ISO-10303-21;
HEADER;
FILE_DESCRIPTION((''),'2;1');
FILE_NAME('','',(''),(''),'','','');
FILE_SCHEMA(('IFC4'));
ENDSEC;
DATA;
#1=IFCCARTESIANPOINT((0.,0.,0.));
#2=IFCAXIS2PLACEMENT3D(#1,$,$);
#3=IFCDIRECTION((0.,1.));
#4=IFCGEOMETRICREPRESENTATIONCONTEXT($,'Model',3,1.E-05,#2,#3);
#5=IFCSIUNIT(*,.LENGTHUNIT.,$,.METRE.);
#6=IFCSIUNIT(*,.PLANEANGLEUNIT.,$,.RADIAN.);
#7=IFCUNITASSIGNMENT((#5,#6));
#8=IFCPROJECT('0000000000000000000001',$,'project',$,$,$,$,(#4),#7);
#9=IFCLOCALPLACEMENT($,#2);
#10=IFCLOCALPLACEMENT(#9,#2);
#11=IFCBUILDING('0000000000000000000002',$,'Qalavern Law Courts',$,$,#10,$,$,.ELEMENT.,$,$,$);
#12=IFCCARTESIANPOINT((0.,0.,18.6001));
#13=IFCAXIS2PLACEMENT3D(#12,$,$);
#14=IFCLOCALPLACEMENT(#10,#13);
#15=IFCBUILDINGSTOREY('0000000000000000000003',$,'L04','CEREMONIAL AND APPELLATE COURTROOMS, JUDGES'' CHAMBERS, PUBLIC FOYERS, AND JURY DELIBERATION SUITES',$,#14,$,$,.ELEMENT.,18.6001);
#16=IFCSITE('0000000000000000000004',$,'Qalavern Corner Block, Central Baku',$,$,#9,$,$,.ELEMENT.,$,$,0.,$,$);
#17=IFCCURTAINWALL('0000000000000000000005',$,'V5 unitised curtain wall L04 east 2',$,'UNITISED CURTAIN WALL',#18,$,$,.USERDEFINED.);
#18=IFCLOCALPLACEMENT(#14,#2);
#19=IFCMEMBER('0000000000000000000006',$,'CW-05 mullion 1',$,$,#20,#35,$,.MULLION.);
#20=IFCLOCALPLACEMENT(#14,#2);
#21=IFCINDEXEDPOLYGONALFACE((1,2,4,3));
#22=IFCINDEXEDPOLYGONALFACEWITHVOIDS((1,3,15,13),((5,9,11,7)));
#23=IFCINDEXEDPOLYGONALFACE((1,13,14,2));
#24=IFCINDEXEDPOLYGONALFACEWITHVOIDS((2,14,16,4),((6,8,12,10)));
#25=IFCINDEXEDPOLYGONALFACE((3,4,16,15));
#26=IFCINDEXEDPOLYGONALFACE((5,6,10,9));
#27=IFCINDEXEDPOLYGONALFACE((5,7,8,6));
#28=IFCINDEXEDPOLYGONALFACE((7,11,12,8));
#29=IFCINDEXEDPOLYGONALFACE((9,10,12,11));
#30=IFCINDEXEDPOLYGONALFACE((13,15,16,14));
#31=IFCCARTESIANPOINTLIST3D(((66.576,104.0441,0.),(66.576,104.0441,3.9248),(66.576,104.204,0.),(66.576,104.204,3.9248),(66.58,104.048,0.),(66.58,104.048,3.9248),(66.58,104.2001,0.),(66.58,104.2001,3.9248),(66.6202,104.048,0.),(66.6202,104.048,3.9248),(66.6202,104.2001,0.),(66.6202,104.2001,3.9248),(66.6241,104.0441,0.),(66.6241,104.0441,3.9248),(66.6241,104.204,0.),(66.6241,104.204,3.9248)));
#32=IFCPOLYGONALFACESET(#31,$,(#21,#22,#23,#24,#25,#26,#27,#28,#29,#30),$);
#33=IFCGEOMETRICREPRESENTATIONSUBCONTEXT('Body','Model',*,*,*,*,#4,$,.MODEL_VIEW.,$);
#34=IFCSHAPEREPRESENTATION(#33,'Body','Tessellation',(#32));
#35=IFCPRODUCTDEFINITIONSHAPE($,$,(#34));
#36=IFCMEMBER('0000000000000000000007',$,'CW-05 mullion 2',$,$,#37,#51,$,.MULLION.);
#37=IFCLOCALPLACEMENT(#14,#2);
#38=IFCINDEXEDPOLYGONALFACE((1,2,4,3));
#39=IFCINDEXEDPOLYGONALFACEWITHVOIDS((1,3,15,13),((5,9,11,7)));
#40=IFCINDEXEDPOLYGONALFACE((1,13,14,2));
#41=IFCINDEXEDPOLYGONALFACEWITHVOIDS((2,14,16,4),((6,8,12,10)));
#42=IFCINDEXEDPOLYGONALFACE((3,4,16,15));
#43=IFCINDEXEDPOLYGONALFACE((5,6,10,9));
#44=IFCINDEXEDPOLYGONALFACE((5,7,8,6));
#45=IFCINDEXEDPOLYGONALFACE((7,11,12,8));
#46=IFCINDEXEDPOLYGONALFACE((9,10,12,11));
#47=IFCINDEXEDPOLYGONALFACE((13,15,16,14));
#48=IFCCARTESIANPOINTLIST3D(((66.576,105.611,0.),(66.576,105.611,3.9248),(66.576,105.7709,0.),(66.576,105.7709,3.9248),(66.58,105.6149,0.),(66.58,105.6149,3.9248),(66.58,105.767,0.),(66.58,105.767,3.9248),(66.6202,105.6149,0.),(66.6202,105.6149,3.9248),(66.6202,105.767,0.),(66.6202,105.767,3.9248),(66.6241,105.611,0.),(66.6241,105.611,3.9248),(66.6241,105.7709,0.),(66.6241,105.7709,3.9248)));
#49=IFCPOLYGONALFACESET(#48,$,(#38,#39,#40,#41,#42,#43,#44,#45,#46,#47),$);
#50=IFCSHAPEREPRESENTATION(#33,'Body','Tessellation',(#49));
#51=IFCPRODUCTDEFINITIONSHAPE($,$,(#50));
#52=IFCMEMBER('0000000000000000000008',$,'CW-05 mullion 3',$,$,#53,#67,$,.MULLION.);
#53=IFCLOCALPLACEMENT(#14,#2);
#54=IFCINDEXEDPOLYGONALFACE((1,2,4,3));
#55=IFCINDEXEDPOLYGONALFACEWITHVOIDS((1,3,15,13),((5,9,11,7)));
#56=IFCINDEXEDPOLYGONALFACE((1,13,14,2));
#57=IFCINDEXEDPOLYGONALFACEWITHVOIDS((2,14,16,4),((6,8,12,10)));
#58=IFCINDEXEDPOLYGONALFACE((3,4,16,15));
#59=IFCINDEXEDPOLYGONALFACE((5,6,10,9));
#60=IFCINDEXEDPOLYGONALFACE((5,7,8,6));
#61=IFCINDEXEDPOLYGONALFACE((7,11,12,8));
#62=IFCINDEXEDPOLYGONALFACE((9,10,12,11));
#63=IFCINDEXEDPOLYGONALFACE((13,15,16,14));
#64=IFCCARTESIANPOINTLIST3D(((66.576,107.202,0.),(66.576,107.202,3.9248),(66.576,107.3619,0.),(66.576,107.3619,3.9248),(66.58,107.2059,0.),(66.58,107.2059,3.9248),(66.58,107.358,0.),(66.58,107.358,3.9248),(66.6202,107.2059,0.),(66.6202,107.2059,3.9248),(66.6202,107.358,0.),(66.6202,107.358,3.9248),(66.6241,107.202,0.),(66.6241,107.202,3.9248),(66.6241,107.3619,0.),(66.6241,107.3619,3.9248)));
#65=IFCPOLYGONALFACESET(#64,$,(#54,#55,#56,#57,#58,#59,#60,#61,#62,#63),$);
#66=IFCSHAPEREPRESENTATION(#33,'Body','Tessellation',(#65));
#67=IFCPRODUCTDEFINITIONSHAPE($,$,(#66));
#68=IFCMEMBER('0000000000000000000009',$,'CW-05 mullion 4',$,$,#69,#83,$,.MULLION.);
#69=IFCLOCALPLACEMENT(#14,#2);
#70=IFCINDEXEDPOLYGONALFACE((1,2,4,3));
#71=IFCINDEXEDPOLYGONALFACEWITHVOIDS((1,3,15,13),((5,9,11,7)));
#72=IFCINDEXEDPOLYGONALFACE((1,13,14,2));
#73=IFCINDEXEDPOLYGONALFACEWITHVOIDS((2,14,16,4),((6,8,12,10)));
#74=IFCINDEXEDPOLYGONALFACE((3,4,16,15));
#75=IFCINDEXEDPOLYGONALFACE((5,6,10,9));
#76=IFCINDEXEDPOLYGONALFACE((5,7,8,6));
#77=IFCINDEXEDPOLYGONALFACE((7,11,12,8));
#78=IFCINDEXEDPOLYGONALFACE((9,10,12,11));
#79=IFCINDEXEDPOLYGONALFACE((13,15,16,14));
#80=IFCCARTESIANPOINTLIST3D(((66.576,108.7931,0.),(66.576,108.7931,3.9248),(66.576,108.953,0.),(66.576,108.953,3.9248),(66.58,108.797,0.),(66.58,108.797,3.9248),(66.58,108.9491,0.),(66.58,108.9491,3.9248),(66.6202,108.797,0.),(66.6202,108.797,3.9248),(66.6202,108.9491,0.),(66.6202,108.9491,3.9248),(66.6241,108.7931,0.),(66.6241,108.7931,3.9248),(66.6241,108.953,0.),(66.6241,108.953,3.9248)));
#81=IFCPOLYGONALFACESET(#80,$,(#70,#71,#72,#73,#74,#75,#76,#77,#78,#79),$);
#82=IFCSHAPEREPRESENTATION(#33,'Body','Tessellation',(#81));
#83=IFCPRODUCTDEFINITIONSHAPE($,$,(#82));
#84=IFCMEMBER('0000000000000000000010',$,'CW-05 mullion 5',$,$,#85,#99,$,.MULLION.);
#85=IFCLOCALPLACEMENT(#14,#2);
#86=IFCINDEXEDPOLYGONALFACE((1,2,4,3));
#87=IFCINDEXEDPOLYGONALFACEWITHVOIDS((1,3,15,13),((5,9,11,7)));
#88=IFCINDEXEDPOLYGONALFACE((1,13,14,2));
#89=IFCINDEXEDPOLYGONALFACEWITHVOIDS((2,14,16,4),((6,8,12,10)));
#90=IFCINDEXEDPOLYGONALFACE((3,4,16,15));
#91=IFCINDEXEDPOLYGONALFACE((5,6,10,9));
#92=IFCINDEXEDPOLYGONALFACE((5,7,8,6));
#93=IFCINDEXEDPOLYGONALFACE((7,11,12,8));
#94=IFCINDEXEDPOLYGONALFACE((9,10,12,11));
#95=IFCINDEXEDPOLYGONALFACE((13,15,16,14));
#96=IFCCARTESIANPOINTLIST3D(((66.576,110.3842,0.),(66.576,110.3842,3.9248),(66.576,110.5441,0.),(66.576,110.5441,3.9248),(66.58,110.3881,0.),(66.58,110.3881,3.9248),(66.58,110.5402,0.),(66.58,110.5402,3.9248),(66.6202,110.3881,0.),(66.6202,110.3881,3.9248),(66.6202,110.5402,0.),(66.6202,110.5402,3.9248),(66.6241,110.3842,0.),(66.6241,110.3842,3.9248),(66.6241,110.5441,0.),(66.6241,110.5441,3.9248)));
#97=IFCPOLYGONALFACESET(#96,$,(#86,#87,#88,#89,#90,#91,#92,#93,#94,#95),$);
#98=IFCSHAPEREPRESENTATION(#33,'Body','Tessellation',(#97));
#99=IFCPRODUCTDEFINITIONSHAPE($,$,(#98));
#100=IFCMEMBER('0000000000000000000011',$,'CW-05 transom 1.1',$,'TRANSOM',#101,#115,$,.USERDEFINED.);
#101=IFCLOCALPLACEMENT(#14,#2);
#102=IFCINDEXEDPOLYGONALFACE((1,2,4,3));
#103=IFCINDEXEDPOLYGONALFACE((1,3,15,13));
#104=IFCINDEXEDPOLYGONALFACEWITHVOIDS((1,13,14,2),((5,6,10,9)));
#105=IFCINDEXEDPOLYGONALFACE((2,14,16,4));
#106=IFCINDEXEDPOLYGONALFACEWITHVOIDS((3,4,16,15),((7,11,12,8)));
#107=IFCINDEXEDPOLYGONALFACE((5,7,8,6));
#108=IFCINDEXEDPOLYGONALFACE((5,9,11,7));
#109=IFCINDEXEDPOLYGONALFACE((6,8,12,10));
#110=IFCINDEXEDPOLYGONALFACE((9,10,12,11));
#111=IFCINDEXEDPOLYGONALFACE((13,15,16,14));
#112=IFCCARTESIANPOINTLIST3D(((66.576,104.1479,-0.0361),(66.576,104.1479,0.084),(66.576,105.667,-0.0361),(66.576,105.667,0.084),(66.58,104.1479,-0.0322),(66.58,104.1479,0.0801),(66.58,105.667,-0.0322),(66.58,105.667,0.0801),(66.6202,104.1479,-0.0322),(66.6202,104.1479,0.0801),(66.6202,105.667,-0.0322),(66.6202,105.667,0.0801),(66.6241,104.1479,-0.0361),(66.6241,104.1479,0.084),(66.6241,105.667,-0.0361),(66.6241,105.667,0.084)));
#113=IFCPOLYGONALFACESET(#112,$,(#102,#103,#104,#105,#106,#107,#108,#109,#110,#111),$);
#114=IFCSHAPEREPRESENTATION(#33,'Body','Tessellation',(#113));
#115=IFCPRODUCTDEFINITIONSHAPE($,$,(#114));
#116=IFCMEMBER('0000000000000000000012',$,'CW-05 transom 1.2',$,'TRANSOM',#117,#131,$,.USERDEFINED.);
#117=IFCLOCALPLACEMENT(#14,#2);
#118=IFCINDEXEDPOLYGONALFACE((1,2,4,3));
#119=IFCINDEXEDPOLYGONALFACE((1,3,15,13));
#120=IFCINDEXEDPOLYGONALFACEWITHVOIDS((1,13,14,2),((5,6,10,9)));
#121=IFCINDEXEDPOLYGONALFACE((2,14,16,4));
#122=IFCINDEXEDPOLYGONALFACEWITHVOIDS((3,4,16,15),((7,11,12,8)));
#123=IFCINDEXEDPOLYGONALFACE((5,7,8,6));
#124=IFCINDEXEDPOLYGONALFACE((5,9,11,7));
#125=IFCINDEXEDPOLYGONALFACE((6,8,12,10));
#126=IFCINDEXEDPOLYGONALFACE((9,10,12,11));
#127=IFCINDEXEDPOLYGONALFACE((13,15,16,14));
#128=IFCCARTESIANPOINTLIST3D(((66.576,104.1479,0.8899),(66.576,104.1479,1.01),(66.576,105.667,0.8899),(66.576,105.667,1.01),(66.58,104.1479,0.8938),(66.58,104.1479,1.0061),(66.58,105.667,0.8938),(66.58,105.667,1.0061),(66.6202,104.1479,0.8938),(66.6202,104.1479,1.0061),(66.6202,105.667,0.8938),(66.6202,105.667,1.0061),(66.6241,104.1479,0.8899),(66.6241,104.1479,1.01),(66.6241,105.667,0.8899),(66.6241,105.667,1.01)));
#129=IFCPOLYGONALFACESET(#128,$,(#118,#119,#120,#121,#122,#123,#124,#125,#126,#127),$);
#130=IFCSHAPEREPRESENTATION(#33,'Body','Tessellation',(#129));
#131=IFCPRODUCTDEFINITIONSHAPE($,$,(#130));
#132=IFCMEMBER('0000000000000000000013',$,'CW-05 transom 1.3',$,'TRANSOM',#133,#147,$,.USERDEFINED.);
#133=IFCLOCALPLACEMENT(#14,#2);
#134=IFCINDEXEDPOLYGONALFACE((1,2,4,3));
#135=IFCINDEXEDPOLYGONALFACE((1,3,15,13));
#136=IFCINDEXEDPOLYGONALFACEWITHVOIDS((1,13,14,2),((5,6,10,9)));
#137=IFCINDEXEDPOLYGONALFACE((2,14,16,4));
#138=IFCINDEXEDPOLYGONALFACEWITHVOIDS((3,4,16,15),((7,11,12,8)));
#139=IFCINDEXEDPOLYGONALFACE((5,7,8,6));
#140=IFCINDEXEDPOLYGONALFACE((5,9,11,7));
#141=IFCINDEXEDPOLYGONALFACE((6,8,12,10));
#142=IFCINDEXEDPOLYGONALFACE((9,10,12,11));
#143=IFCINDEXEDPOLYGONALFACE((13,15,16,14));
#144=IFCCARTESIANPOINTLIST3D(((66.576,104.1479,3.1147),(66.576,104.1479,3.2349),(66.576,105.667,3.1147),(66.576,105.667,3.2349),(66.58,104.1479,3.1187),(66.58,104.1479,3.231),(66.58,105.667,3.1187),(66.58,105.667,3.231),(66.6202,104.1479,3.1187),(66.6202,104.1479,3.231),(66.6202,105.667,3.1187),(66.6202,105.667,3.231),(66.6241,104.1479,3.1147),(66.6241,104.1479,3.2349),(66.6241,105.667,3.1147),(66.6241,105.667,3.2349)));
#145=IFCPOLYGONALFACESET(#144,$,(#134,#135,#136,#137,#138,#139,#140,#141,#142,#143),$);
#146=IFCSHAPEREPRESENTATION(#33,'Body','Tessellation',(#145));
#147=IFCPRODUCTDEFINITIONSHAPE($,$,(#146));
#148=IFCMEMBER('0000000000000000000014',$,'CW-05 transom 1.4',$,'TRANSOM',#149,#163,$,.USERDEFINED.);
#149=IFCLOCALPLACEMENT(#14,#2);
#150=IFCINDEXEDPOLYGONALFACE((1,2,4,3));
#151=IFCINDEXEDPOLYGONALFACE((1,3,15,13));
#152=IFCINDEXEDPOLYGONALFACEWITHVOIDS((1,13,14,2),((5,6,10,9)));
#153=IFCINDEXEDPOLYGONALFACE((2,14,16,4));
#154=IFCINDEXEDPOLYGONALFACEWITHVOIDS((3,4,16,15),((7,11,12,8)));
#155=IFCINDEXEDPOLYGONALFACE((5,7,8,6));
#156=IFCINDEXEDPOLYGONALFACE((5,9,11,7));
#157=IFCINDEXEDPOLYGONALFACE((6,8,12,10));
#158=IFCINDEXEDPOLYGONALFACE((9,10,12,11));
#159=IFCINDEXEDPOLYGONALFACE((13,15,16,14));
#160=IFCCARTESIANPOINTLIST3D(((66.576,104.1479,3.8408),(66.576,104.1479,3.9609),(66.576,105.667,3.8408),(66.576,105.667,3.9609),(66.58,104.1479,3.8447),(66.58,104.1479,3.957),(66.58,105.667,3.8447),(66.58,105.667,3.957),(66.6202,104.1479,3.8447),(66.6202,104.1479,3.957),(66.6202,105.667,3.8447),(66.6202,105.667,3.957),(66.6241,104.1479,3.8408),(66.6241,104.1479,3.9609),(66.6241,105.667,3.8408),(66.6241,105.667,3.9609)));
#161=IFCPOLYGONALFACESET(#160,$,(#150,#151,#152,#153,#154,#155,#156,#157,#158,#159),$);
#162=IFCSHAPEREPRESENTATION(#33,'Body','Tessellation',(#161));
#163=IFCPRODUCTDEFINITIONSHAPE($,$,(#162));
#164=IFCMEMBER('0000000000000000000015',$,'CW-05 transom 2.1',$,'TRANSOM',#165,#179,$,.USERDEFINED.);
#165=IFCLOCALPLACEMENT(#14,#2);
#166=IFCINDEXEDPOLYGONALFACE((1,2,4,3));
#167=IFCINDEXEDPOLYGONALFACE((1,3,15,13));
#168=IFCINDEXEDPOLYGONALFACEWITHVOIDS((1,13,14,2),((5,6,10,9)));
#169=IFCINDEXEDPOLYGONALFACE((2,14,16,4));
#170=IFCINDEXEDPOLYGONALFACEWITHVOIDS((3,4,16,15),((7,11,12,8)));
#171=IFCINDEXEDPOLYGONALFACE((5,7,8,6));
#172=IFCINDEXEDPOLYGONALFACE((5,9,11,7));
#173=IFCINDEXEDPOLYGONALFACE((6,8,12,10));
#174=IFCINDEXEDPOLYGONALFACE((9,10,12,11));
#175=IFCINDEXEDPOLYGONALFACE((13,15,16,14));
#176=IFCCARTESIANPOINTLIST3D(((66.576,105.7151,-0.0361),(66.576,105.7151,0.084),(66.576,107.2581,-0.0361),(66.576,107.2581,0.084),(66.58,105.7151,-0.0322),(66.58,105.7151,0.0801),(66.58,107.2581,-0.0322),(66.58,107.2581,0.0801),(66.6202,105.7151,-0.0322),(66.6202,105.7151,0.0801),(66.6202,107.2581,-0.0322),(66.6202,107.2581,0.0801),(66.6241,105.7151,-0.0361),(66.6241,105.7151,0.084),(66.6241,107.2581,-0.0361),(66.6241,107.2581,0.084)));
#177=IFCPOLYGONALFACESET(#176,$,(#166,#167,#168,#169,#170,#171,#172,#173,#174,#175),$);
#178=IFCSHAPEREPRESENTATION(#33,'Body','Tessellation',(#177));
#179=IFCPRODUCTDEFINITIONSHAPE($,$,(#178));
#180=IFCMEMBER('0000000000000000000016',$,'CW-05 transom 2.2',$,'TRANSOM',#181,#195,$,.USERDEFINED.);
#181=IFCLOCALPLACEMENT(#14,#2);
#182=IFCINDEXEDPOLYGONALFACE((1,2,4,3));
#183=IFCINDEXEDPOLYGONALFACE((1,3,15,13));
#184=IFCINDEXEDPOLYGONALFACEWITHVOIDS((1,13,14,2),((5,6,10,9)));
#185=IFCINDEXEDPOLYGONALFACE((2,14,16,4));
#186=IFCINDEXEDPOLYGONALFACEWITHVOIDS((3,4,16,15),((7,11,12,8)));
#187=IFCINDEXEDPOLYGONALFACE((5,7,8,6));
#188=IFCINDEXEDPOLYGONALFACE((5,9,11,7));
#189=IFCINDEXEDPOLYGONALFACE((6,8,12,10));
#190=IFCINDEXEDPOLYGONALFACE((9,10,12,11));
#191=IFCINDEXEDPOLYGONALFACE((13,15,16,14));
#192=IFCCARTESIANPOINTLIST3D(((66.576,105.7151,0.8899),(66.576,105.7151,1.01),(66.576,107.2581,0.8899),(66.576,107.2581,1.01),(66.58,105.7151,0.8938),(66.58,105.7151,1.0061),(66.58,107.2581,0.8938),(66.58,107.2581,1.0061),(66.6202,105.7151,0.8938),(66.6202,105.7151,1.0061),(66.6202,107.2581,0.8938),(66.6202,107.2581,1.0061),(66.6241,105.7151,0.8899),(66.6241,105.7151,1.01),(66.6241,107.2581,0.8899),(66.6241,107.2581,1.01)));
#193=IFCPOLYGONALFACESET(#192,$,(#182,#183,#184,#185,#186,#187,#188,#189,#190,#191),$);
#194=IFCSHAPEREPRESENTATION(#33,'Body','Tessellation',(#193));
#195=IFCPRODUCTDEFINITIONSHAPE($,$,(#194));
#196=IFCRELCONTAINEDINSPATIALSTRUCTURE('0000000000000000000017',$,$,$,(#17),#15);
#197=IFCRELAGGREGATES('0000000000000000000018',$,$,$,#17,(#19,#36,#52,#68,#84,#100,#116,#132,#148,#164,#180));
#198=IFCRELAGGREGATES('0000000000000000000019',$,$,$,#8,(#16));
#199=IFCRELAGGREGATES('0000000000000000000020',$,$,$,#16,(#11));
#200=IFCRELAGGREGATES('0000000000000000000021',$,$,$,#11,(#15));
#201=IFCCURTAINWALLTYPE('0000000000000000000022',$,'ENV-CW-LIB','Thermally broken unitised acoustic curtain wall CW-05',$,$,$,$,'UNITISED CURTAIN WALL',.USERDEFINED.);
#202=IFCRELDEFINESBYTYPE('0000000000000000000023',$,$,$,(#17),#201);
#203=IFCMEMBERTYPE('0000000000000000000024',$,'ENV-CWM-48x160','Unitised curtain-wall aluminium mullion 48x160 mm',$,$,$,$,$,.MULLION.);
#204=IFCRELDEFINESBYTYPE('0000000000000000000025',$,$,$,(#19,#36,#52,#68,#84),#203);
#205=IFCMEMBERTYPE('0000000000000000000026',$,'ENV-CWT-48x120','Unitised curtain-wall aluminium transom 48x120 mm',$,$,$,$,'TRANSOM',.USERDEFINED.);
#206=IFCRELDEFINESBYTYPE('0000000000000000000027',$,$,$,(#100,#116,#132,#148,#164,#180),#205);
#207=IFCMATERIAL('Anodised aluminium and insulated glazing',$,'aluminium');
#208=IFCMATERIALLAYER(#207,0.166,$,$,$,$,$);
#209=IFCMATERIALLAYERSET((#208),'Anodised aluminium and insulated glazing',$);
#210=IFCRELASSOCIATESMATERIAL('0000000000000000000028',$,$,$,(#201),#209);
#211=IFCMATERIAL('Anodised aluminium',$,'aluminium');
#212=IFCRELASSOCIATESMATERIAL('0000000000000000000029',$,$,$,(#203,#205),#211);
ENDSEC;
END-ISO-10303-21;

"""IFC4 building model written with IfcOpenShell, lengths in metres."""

from ifc_helpers import new_model, si_unit, direction, frame, origin, origin_2d, place, context, subcontext, project, spatial, hollow_rectangle, extrude, material, layer, layer_set, material_profile, profile_set, type_object, element, aggregate, save


model = new_model("IFC4")

# Units and contexts
model_context = context("Model", 3, precision=1e-05, world=origin(), true_north=direction((0.0, 1.0)))
body_context = subcontext(model_context, "Body", "Model", "MODEL_VIEW")
ifc_project = project(units=[si_unit("LENGTHUNIT", "METRE"), si_unit("PLANEANGLEUNIT", "RADIAN")], contexts=[model_context])

# Site, building, storey
site_placement = place(None, origin())
site = spatial("IfcSite", under=ifc_project, at=site_placement, Name="Qalavern Corner Block, Central Baku", CompositionType="ELEMENT", RefElevation=0.0)
building_placement = place(site_placement, origin())
building = spatial("IfcBuilding", under=site, at=building_placement, Name="Qalavern Law Courts", CompositionType="ELEMENT")
storey_placement = place(building_placement, frame((0.0, 0.0, 18.6001)))
storey = spatial("IfcBuildingStorey", under=building, at=storey_placement, Name="L04", Description="CEREMONIAL AND APPELLATE COURTROOMS, JUDGES' CHAMBERS, PUBLIC FOYERS, AND JURY DELIBERATION SUITES", CompositionType="ELEMENT", Elevation=18.6001)

# Curtain wall, members
ifc_material_1 = material(Name="Anodised aluminium and insulated glazing", Category="aluminium")
ifc_layer_1 = layer(ifc_material_1, 0.166)
ifc_layer_set_1 = layer_set([ifc_layer_1], Name="Anodised aluminium and insulated glazing")
curtain_wall_type = type_object("IfcCurtainWallType", Name="ENV-CW-LIB", Description="Thermally broken unitised acoustic curtain wall CW-05", ElementType="UNITISED CURTAIN WALL", PredefinedType="USERDEFINED", material=ifc_layer_set_1)
curtain_wall_placement = place(storey_placement, origin())
curtain_wall = element("IfcCurtainWall", 1, at=curtain_wall_placement, inside=storey, type_object=curtain_wall_type, Name="V5 unitised curtain wall L04 east 2", ObjectType="UNITISED CURTAIN WALL", PredefinedType="USERDEFINED")
ifc_material_2 = material(Name="Anodised aluminium", Category="aluminium")
ifc_material_profile_1 = material_profile(ifc_material_2, hollow_rectangle(XDim=0.0481, YDim=0.1599, WallThickness=0.0039, at=origin_2d()), Name="ALU MULLION 48x160")
ifc_profile_set_1 = profile_set([ifc_material_profile_1], Name="Anodised aluminium")
member_type_1 = type_object("IfcMemberType", Name="ENV-CWM-48x160", Description="Unitised curtain-wall aluminium mullion 48x160 mm", PredefinedType="MULLION", material=ifc_profile_set_1)
member_1_placement = place(storey_placement, frame((66.6001, 104.124, 0.0), z_axis=(0.0, 0.0, 1.0), x_axis=(-1.0, 0.0, 0.0)))
member_1 = element("IfcMember", 2, at=member_1_placement, type_object=member_type_1, Name="CW-05 mullion 1", PredefinedType="MULLION", context=body_context, shape_type="SweptSolid", body=[
    extrude(hollow_rectangle(XDim=0.0481, YDim=0.1599, WallThickness=0.0039, at=origin_2d()), origin(), (0.0, 0.0, 1.0), 3.9248),
])
member_2_placement = place(storey_placement, frame((66.6001, 105.6909, 0.0), z_axis=(0.0, 0.0, 1.0), x_axis=(-1.0, 0.0, 0.0)))
member_2 = element("IfcMember", 3, at=member_2_placement, type_object=member_type_1, Name="CW-05 mullion 2", PredefinedType="MULLION", context=body_context, shape_type="SweptSolid", body=[
    extrude(hollow_rectangle(XDim=0.0481, YDim=0.1599, WallThickness=0.0039, at=origin_2d()), origin(), (0.0, 0.0, 1.0), 3.9248),
])
member_3_placement = place(storey_placement, frame((66.6001, 107.282, 0.0), z_axis=(0.0, 0.0, 1.0), x_axis=(-1.0, 0.0, 0.0)))
member_3 = element("IfcMember", 4, at=member_3_placement, type_object=member_type_1, Name="CW-05 mullion 3", PredefinedType="MULLION", context=body_context, shape_type="SweptSolid", body=[
    extrude(hollow_rectangle(XDim=0.0481, YDim=0.1599, WallThickness=0.0039, at=origin_2d()), origin(), (0.0, 0.0, 1.0), 3.9248),
])
member_4_placement = place(storey_placement, frame((66.6001, 108.873, 0.0), z_axis=(0.0, 0.0, 1.0), x_axis=(-1.0, 0.0, 0.0)))
member_4 = element("IfcMember", 5, at=member_4_placement, type_object=member_type_1, Name="CW-05 mullion 4", PredefinedType="MULLION", context=body_context, shape_type="SweptSolid", body=[
    extrude(hollow_rectangle(XDim=0.0481, YDim=0.1599, WallThickness=0.0039, at=origin_2d()), origin(), (0.0, 0.0, 1.0), 3.9248),
])
member_5_placement = place(storey_placement, frame((66.6001, 110.4641, 0.0), z_axis=(0.0, 0.0, 1.0), x_axis=(-1.0, 0.0, 0.0)))
member_5 = element("IfcMember", 6, at=member_5_placement, type_object=member_type_1, Name="CW-05 mullion 5", PredefinedType="MULLION", context=body_context, shape_type="SweptSolid", body=[
    extrude(hollow_rectangle(XDim=0.0481, YDim=0.1599, WallThickness=0.0039, at=origin_2d()), origin(), (0.0, 0.0, 1.0), 3.9248),
])
ifc_material_profile_2 = material_profile(ifc_material_2, hollow_rectangle(XDim=0.0481, YDim=0.1201, WallThickness=0.0039, at=origin_2d()), Name="ALU TRANSOM 48x120")
ifc_profile_set_2 = profile_set([ifc_material_profile_2], Name="Anodised aluminium")
member_type_2 = type_object("IfcMemberType", Name="ENV-CWT-48x120", Description="Unitised curtain-wall aluminium transom 48x120 mm", ElementType="TRANSOM", PredefinedType="USERDEFINED", material=ifc_profile_set_2)
member_6_placement = place(storey_placement, frame((66.6001, 104.1479, 0.0239), z_axis=(0.0, 1.0, 0.0), x_axis=(-1.0, 0.0, 0.0)))
member_6 = element("IfcMember", 7, at=member_6_placement, type_object=member_type_2, Name="CW-05 transom 1.1", ObjectType="TRANSOM", PredefinedType="USERDEFINED", context=body_context, shape_type="SweptSolid", body=[
    extrude(hollow_rectangle(XDim=0.0481, YDim=0.1201, WallThickness=0.0039, at=origin_2d()), origin(), (0.0, 0.0, 1.0), 1.519),
])
member_7_placement = place(storey_placement, frame((66.6001, 104.1479, 0.95), z_axis=(0.0, 1.0, 0.0), x_axis=(-1.0, 0.0, 0.0)))
member_7 = element("IfcMember", 8, at=member_7_placement, type_object=member_type_2, Name="CW-05 transom 1.2", ObjectType="TRANSOM", PredefinedType="USERDEFINED", context=body_context, shape_type="SweptSolid", body=[
    extrude(hollow_rectangle(XDim=0.0481, YDim=0.1201, WallThickness=0.0039, at=origin_2d()), origin(), (0.0, 0.0, 1.0), 1.519),
])
member_8_placement = place(storey_placement, frame((66.6001, 104.1479, 3.1748), z_axis=(0.0, 1.0, 0.0), x_axis=(-1.0, 0.0, 0.0)))
member_8 = element("IfcMember", 9, at=member_8_placement, type_object=member_type_2, Name="CW-05 transom 1.3", ObjectType="TRANSOM", PredefinedType="USERDEFINED", context=body_context, shape_type="SweptSolid", body=[
    extrude(hollow_rectangle(XDim=0.0481, YDim=0.1201, WallThickness=0.0039, at=origin_2d()), origin(), (0.0, 0.0, 1.0), 1.519),
])
member_9_placement = place(storey_placement, frame((66.6001, 104.1479, 3.9009), z_axis=(0.0, 1.0, 0.0), x_axis=(-1.0, 0.0, 0.0)))
member_9 = element("IfcMember", 10, at=member_9_placement, type_object=member_type_2, Name="CW-05 transom 1.4", ObjectType="TRANSOM", PredefinedType="USERDEFINED", context=body_context, shape_type="SweptSolid", body=[
    extrude(hollow_rectangle(XDim=0.0481, YDim=0.1201, WallThickness=0.0039, at=origin_2d()), origin(), (0.0, 0.0, 1.0), 1.519),
])
member_10_placement = place(storey_placement, frame((66.6001, 105.7151, 0.0239), z_axis=(0.0, 1.0, 0.0), x_axis=(-1.0, 0.0, 0.0)))
member_10 = element("IfcMember", 11, at=member_10_placement, type_object=member_type_2, Name="CW-05 transom 2.1", ObjectType="TRANSOM", PredefinedType="USERDEFINED", context=body_context, shape_type="SweptSolid", body=[
    extrude(hollow_rectangle(XDim=0.0481, YDim=0.1201, WallThickness=0.0039, at=origin_2d()), origin(), (0.0, 0.0, 1.0), 1.543),
])
member_11_placement = place(storey_placement, frame((66.6001, 105.7151, 0.95), z_axis=(0.0, 1.0, 0.0), x_axis=(-1.0, 0.0, 0.0)))
member_11 = element("IfcMember", 12, at=member_11_placement, type_object=member_type_2, Name="CW-05 transom 2.2", ObjectType="TRANSOM", PredefinedType="USERDEFINED", context=body_context, shape_type="SweptSolid", body=[
    extrude(hollow_rectangle(XDim=0.0481, YDim=0.1201, WallThickness=0.0039, at=origin_2d()), origin(), (0.0, 0.0, 1.0), 1.543),
])
aggregate(curtain_wall, [member_1, member_2, member_3, member_4, member_5, member_6, member_7, member_8, member_9, member_10, member_11])

save(model, "model.ifc")
